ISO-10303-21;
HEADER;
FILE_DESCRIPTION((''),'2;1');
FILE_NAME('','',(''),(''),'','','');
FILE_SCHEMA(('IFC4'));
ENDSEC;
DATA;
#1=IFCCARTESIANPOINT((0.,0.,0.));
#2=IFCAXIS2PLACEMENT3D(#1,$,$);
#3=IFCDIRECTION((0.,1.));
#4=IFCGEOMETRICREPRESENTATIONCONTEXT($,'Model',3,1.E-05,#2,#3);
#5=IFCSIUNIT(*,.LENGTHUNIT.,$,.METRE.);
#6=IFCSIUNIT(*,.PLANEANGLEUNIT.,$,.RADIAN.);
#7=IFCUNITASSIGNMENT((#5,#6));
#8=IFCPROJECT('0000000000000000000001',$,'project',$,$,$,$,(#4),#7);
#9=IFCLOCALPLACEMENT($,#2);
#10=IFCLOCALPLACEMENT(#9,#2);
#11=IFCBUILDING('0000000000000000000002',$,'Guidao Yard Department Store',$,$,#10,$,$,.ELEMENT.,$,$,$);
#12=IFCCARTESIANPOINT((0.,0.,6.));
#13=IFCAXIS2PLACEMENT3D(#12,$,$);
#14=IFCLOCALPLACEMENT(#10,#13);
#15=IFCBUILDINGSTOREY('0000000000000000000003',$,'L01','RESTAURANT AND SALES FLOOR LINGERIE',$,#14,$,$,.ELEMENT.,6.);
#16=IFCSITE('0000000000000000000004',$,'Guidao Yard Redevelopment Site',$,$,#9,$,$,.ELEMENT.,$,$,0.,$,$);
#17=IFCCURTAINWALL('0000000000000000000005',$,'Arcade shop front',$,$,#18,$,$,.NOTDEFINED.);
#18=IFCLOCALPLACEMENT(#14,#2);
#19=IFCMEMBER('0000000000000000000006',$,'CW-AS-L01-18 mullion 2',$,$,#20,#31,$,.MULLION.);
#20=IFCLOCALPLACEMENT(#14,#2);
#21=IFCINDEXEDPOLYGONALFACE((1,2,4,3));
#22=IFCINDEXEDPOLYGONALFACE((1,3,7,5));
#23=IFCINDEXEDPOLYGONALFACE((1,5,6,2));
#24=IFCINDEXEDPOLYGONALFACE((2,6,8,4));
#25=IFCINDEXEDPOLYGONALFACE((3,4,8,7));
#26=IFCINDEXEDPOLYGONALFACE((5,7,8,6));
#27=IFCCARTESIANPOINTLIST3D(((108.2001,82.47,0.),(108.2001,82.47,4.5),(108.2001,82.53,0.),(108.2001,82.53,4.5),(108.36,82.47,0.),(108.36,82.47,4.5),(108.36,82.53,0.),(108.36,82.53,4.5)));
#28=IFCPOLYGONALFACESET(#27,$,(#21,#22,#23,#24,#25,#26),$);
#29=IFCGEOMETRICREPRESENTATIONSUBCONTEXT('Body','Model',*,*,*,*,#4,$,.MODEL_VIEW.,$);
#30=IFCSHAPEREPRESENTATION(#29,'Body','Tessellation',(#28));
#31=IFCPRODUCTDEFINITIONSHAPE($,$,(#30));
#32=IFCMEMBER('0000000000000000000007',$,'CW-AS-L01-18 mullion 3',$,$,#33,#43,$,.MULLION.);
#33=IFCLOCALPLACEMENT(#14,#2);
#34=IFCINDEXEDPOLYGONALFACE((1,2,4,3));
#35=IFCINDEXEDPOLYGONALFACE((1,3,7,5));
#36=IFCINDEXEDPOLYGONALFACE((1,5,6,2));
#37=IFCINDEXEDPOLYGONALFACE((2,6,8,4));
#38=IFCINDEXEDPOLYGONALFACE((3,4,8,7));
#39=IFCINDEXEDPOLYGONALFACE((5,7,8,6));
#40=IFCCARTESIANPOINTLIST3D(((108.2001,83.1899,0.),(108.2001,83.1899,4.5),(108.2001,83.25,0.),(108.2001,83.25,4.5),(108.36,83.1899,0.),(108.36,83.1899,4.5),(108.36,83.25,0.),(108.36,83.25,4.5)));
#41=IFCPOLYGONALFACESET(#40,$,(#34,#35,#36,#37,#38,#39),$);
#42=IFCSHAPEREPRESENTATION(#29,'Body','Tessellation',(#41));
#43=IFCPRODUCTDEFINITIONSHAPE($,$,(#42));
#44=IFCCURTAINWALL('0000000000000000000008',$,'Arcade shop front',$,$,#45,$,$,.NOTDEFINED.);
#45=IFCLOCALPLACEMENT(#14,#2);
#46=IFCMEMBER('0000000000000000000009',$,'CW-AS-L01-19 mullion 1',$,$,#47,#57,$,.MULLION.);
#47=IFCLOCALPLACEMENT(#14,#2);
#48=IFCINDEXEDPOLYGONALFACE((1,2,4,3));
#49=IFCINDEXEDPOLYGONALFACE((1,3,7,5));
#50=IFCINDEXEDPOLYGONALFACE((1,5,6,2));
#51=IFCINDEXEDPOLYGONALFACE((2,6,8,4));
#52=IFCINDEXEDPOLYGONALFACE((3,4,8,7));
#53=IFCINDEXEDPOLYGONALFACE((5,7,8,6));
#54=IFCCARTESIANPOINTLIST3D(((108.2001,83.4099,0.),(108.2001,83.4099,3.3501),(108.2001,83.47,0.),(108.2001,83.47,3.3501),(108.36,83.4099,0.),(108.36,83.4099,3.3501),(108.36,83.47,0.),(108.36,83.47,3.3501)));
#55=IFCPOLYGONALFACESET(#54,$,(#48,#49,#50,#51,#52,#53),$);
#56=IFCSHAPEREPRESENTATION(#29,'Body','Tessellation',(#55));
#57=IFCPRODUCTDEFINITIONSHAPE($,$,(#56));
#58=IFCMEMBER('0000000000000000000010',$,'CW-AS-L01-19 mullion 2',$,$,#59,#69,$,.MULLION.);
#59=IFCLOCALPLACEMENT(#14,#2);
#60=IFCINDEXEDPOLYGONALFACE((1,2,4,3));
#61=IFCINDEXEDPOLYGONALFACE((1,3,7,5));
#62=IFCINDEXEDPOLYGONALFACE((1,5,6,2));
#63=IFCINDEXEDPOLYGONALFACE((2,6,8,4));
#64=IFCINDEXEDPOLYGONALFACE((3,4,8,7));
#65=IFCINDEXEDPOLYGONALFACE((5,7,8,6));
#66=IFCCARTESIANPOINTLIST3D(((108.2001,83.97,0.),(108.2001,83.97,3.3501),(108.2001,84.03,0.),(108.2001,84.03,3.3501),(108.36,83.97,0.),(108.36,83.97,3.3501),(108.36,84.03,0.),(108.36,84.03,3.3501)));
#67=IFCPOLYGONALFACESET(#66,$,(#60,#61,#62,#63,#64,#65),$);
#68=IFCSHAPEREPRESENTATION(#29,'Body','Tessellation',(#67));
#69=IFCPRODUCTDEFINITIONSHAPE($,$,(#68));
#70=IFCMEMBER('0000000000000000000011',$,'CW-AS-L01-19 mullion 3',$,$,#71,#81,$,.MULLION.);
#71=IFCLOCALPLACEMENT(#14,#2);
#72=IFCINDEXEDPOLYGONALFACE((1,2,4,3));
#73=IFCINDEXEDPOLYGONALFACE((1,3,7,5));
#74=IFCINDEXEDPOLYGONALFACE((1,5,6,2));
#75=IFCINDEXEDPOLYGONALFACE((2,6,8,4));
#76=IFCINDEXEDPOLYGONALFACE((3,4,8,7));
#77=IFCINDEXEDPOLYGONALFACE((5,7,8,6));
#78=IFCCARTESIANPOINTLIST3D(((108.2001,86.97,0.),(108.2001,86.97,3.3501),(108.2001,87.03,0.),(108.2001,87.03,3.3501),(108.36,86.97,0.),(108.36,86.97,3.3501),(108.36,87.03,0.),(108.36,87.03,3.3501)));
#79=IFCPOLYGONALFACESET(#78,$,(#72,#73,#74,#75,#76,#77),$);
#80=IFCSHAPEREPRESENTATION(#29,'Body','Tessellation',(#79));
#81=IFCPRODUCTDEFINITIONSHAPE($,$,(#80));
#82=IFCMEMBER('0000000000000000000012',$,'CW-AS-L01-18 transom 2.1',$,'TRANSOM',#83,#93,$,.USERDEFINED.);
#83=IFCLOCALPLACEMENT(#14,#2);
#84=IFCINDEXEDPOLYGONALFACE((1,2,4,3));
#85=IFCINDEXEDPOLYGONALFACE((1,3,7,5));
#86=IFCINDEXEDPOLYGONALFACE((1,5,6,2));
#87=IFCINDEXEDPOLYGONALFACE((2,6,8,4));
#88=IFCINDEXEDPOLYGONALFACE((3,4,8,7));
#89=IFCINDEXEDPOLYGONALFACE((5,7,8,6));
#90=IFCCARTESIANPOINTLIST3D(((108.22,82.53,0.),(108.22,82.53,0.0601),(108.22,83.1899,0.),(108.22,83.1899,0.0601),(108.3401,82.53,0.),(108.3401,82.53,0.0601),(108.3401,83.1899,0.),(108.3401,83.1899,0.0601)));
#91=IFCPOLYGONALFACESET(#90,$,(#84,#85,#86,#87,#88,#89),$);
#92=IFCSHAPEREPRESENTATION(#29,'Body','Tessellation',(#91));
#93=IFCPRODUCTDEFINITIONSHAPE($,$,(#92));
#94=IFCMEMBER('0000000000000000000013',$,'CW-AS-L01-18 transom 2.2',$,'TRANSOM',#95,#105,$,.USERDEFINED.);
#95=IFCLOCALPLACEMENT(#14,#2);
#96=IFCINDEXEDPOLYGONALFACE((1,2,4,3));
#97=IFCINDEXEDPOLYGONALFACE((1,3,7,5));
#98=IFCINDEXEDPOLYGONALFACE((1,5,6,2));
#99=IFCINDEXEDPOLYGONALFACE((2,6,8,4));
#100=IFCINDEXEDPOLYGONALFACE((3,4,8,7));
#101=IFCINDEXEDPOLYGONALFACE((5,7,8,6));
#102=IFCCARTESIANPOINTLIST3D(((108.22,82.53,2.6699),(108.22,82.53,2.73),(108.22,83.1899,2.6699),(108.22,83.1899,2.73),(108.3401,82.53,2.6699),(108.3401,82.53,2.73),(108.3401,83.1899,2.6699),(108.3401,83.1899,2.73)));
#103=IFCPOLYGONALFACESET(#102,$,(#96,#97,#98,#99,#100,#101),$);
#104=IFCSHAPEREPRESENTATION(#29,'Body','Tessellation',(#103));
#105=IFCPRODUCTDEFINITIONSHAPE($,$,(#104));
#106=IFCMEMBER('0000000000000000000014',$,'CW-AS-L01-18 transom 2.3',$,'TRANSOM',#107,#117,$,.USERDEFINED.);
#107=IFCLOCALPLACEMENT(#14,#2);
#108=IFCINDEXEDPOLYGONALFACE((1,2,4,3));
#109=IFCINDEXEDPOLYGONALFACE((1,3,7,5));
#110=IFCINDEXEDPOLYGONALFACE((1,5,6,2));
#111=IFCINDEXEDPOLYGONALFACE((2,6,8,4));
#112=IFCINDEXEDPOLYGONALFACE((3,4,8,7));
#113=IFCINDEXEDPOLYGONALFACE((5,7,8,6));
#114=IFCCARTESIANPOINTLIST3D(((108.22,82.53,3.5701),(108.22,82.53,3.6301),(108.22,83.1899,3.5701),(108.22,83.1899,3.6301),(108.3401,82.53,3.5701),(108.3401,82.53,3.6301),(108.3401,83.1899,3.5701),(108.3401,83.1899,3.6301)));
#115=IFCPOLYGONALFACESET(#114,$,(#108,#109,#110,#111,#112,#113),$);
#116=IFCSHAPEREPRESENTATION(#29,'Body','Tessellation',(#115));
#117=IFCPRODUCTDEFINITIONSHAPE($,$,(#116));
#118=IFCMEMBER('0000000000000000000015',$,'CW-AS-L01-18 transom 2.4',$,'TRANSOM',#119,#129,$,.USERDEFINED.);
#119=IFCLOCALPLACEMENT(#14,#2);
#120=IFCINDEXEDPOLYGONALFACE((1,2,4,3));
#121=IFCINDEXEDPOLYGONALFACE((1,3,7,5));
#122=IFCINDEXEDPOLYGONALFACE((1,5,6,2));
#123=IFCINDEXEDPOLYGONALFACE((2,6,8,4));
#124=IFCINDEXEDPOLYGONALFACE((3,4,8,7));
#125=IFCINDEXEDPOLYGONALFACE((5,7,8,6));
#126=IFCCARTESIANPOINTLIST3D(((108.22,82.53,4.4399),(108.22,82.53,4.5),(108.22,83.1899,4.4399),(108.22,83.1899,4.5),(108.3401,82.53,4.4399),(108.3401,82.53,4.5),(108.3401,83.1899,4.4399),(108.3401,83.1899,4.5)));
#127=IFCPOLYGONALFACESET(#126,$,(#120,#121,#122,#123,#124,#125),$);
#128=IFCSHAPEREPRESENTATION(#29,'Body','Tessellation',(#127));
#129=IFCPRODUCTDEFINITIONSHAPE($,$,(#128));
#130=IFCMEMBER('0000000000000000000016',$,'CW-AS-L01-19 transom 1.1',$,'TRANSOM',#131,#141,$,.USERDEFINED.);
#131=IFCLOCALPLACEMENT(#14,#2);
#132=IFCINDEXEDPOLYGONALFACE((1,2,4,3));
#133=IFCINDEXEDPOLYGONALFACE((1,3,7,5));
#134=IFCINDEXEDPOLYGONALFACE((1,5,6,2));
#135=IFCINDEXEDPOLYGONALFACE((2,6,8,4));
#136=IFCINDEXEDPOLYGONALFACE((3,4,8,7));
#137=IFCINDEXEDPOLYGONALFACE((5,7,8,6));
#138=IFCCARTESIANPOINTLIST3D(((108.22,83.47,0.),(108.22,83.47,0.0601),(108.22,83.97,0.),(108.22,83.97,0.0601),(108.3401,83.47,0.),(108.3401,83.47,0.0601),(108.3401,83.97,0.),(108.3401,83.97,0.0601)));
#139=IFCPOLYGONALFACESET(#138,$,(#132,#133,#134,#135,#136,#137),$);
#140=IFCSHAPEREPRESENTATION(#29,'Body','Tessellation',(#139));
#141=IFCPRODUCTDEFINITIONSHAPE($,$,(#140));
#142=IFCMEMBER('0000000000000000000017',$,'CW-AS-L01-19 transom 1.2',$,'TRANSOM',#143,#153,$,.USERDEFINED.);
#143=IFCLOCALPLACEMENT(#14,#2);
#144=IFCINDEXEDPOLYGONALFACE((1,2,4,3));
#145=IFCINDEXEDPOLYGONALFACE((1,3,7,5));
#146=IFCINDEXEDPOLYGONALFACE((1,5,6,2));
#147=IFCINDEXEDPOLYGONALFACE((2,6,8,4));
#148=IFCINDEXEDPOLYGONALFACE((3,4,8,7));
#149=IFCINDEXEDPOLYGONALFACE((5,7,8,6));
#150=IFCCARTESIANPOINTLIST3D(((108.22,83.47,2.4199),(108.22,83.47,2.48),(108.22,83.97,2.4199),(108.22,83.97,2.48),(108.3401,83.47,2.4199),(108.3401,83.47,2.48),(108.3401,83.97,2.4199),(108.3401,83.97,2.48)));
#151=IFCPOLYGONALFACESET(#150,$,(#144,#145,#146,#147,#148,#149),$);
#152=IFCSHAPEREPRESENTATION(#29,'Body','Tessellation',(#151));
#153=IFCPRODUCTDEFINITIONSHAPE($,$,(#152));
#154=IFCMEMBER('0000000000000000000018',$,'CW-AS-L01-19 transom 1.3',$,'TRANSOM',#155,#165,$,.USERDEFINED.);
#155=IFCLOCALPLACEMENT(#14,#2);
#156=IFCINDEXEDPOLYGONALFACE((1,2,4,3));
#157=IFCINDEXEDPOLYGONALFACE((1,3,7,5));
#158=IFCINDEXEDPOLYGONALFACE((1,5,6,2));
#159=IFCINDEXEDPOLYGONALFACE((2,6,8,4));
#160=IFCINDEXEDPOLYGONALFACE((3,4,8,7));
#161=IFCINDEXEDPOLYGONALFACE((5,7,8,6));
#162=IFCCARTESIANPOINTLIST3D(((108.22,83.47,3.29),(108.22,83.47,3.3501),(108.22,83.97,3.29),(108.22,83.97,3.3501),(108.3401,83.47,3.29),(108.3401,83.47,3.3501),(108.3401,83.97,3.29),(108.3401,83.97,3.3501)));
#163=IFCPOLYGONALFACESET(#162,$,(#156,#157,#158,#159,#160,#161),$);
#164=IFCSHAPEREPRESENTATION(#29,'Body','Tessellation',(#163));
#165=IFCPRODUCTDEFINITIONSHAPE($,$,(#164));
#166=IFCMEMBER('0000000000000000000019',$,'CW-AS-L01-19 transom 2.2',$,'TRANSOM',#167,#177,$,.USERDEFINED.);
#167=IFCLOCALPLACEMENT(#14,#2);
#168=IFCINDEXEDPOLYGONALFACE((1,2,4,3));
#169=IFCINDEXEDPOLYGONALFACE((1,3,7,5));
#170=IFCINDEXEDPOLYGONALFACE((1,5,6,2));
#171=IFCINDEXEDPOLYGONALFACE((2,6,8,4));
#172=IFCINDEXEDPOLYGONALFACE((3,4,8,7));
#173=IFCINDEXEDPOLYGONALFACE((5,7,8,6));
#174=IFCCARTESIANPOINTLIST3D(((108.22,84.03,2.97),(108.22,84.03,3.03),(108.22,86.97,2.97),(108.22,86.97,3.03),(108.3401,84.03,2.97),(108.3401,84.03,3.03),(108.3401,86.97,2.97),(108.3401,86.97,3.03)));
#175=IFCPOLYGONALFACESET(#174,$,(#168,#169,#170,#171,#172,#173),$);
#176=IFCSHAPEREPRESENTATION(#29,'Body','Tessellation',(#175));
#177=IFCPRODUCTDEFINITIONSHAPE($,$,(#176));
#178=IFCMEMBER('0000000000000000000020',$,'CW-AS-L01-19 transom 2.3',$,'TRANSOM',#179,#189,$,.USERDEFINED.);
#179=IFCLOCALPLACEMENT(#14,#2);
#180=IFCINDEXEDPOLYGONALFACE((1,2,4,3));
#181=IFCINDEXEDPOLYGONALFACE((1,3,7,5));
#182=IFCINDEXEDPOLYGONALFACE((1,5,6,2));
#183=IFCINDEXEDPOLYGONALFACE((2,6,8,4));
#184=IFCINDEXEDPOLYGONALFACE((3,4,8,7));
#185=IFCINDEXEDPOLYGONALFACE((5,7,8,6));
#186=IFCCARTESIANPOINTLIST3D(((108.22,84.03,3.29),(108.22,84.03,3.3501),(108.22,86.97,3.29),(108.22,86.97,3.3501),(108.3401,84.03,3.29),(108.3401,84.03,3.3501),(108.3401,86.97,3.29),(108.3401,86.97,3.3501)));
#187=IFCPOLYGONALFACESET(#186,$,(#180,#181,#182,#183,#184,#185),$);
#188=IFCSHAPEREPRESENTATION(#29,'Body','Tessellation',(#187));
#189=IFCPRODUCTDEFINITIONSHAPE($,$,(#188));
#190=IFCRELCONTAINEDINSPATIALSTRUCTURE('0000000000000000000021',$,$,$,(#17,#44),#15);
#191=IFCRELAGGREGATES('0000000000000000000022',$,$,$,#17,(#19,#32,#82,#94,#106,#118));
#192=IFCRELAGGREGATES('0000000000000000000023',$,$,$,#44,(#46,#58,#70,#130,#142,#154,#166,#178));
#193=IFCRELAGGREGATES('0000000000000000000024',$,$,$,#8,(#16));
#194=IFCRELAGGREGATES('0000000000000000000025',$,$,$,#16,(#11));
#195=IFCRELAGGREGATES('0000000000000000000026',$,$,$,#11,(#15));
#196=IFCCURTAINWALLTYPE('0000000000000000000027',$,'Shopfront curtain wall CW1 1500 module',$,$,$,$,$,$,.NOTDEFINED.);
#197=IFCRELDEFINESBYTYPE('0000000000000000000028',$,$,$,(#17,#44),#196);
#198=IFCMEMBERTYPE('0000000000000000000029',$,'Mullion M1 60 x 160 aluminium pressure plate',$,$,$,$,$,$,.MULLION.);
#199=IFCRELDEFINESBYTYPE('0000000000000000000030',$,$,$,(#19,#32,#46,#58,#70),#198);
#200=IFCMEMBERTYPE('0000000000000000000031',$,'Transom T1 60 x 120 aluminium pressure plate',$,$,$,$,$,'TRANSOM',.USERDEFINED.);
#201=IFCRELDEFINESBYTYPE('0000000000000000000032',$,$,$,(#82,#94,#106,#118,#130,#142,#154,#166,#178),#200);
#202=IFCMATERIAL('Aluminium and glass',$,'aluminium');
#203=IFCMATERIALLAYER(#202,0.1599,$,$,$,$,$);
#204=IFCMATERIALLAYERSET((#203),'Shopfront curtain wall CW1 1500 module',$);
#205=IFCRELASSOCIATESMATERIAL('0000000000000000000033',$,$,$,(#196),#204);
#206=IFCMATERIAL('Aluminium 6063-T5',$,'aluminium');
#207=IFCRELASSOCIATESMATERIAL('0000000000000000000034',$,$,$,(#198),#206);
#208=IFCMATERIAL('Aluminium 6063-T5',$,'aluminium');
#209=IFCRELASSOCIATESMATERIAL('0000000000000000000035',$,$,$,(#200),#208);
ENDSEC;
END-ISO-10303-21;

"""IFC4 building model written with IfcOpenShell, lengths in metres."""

from ifc_helpers import new_model, si_unit, direction, frame, origin, origin_2d, place, context, subcontext, project, spatial, rectangle, extrude, material, layer, layer_set, material_profile, profile_set, type_object, element, aggregate, save


model = new_model("IFC4")

# Units and contexts
model_context = context("Model", 3, precision=1e-05, world=origin(), true_north=direction((0.0, 1.0)))
body_context = subcontext(model_context, "Body", "Model", "MODEL_VIEW")
ifc_project = project(units=[si_unit("LENGTHUNIT", "METRE"), si_unit("PLANEANGLEUNIT", "RADIAN")], contexts=[model_context])

# Site, building, storey
site_placement = place(None, origin())
site = spatial("IfcSite", under=ifc_project, at=site_placement, Name="Guidao Yard Redevelopment Site", CompositionType="ELEMENT", RefElevation=0.0)
building_placement = place(site_placement, origin())
building = spatial("IfcBuilding", under=site, at=building_placement, Name="Guidao Yard Department Store", CompositionType="ELEMENT")
storey_placement = place(building_placement, frame((0.0, 0.0, 6.0)))
storey = spatial("IfcBuildingStorey", under=building, at=storey_placement, Name="L01", Description="RESTAURANT AND SALES FLOOR LINGERIE", CompositionType="ELEMENT", Elevation=6.0)

# Curtain walls, members
ifc_material_1 = material(Name="Aluminium and glass", Category="aluminium")
ifc_layer_1 = layer(ifc_material_1, 0.1599)
ifc_layer_set_1 = layer_set([ifc_layer_1], Name="Shopfront curtain wall CW1 1500 module")
curtain_wall_type = type_object("IfcCurtainWallType", Name="Shopfront curtain wall CW1 1500 module", PredefinedType="NOTDEFINED", material=ifc_layer_set_1)
curtain_wall_1_placement = place(storey_placement, origin())
curtain_wall_1 = element("IfcCurtainWall", 1, at=curtain_wall_1_placement, inside=storey, type_object=curtain_wall_type, Name="Arcade shop front", PredefinedType="NOTDEFINED")
ifc_material_2 = material(Name="Aluminium 6063-T5", Category="aluminium")
ifc_material_profile_1 = material_profile(ifc_material_2, rectangle(XDim=0.0601, YDim=0.1599, at=origin_2d()), Name="Mullion M1 60 x 160 aluminium pressure plate")
ifc_profile_set_1 = profile_set([ifc_material_profile_1], Name="Aluminium 6063-T5")
member_type_1 = type_object("IfcMemberType", Name="Mullion M1 60 x 160 aluminium pressure plate", PredefinedType="MULLION", material=ifc_profile_set_1)
member_1_placement = place(storey_placement, frame((108.28, 82.5, 0.0), z_axis=(0.0, 0.0, 1.0), x_axis=(0.0, -1.0, 0.0)))
member_1 = element("IfcMember", 2, at=member_1_placement, type_object=member_type_1, Name="CW-AS-L01-18 mullion 2", PredefinedType="MULLION", context=body_context, shape_type="SweptSolid", body=[
    extrude(rectangle(XDim=0.0601, YDim=0.1599, at=origin_2d()), origin(), (0.0, 0.0, 1.0), 4.5),
])
member_2_placement = place(storey_placement, frame((108.28, 83.22, 0.0), z_axis=(0.0, 0.0, 1.0), x_axis=(0.0, -1.0, 0.0)))
member_2 = element("IfcMember", 3, at=member_2_placement, type_object=member_type_1, Name="CW-AS-L01-18 mullion 3", PredefinedType="MULLION", context=body_context, shape_type="SweptSolid", body=[
    extrude(rectangle(XDim=0.0601, YDim=0.1599, at=origin_2d()), origin(), (0.0, 0.0, 1.0), 4.5),
])
curtain_wall_2_placement = place(storey_placement, origin())
curtain_wall_2 = element("IfcCurtainWall", 4, at=curtain_wall_2_placement, inside=storey, type_object=curtain_wall_type, Name="Arcade shop front", PredefinedType="NOTDEFINED")
member_3_placement = place(storey_placement, frame((108.28, 83.4399, 0.0), z_axis=(0.0, 0.0, 1.0), x_axis=(0.0, -1.0, 0.0)))
member_3 = element("IfcMember", 5, at=member_3_placement, type_object=member_type_1, Name="CW-AS-L01-19 mullion 1", PredefinedType="MULLION", context=body_context, shape_type="SweptSolid", body=[
    extrude(rectangle(XDim=0.0601, YDim=0.1599, at=origin_2d()), origin(), (0.0, 0.0, 1.0), 3.3501),
])
member_4_placement = place(storey_placement, frame((108.28, 84.0, 0.0), z_axis=(0.0, 0.0, 1.0), x_axis=(0.0, -1.0, 0.0)))
member_4 = element("IfcMember", 6, at=member_4_placement, type_object=member_type_1, Name="CW-AS-L01-19 mullion 2", PredefinedType="MULLION", context=body_context, shape_type="SweptSolid", body=[
    extrude(rectangle(XDim=0.0601, YDim=0.1599, at=origin_2d()), origin(), (0.0, 0.0, 1.0), 3.3501),
])
member_5_placement = place(storey_placement, frame((108.28, 87.0, 0.0), z_axis=(0.0, 0.0, 1.0), x_axis=(0.0, -1.0, 0.0)))
member_5 = element("IfcMember", 7, at=member_5_placement, type_object=member_type_1, Name="CW-AS-L01-19 mullion 3", PredefinedType="MULLION", context=body_context, shape_type="SweptSolid", body=[
    extrude(rectangle(XDim=0.0601, YDim=0.1599, at=origin_2d()), origin(), (0.0, 0.0, 1.0), 3.3501),
])

# Members
ifc_material_3 = material(Name="Aluminium 6063-T5", Category="aluminium")
ifc_material_profile_2 = material_profile(ifc_material_3, rectangle(XDim=0.1201, YDim=0.0601, at=origin_2d()), Name="Transom T1 60 x 120 aluminium pressure plate")
ifc_profile_set_2 = profile_set([ifc_material_profile_2], Name="Aluminium 6063-T5")
member_type_2 = type_object("IfcMemberType", Name="Transom T1 60 x 120 aluminium pressure plate", ElementType="TRANSOM", PredefinedType="USERDEFINED", material=ifc_profile_set_2)
member_6_placement = place(storey_placement, frame((108.28, 83.1899, 0.03), z_axis=(0.0, -1.0, 0.0), x_axis=(1.0, 0.0, 0.0)))
member_6 = element("IfcMember", 8, at=member_6_placement, type_object=member_type_2, Name="CW-AS-L01-18 transom 2.1", ObjectType="TRANSOM", PredefinedType="USERDEFINED", context=body_context, shape_type="SweptSolid", body=[
    extrude(rectangle(XDim=0.1201, YDim=0.0601, at=origin_2d()), origin(), (0.0, 0.0, 1.0), 0.6599),
])
member_7_placement = place(storey_placement, frame((108.28, 83.1899, 2.7), z_axis=(0.0, -1.0, 0.0), x_axis=(1.0, 0.0, 0.0)))
member_7 = element("IfcMember", 9, at=member_7_placement, type_object=member_type_2, Name="CW-AS-L01-18 transom 2.2", ObjectType="TRANSOM", PredefinedType="USERDEFINED", context=body_context, shape_type="SweptSolid", body=[
    extrude(rectangle(XDim=0.1201, YDim=0.0601, at=origin_2d()), origin(), (0.0, 0.0, 1.0), 0.6599),
])
member_8_placement = place(storey_placement, frame((108.28, 83.1899, 3.6001), z_axis=(0.0, -1.0, 0.0), x_axis=(1.0, 0.0, 0.0)))
member_8 = element("IfcMember", 10, at=member_8_placement, type_object=member_type_2, Name="CW-AS-L01-18 transom 2.3", ObjectType="TRANSOM", PredefinedType="USERDEFINED", context=body_context, shape_type="SweptSolid", body=[
    extrude(rectangle(XDim=0.1201, YDim=0.0601, at=origin_2d()), origin(), (0.0, 0.0, 1.0), 0.6599),
])
member_9_placement = place(storey_placement, frame((108.28, 83.1899, 4.47), z_axis=(0.0, -1.0, 0.0), x_axis=(1.0, 0.0, 0.0)))
member_9 = element("IfcMember", 11, at=member_9_placement, type_object=member_type_2, Name="CW-AS-L01-18 transom 2.4", ObjectType="TRANSOM", PredefinedType="USERDEFINED", context=body_context, shape_type="SweptSolid", body=[
    extrude(rectangle(XDim=0.1201, YDim=0.0601, at=origin_2d()), origin(), (0.0, 0.0, 1.0), 0.6599),
])
member_10_placement = place(storey_placement, frame((108.28, 83.97, 0.03), z_axis=(0.0, -1.0, 0.0), x_axis=(1.0, 0.0, 0.0)))
member_10 = element("IfcMember", 12, at=member_10_placement, type_object=member_type_2, Name="CW-AS-L01-19 transom 1.1", ObjectType="TRANSOM", PredefinedType="USERDEFINED", context=body_context, shape_type="SweptSolid", body=[
    extrude(rectangle(XDim=0.1201, YDim=0.0601, at=origin_2d()), origin(), (0.0, 0.0, 1.0), 0.5),
])
member_11_placement = place(storey_placement, frame((108.28, 83.97, 2.45), z_axis=(0.0, -1.0, 0.0), x_axis=(1.0, 0.0, 0.0)))
member_11 = element("IfcMember", 13, at=member_11_placement, type_object=member_type_2, Name="CW-AS-L01-19 transom 1.2", ObjectType="TRANSOM", PredefinedType="USERDEFINED", context=body_context, shape_type="SweptSolid", body=[
    extrude(rectangle(XDim=0.1201, YDim=0.0601, at=origin_2d()), origin(), (0.0, 0.0, 1.0), 0.5),
])
member_12_placement = place(storey_placement, frame((108.28, 83.97, 3.3201), z_axis=(0.0, -1.0, 0.0), x_axis=(1.0, 0.0, 0.0)))
member_12 = element("IfcMember", 14, at=member_12_placement, type_object=member_type_2, Name="CW-AS-L01-19 transom 1.3", ObjectType="TRANSOM", PredefinedType="USERDEFINED", context=body_context, shape_type="SweptSolid", body=[
    extrude(rectangle(XDim=0.1201, YDim=0.0601, at=origin_2d()), origin(), (0.0, 0.0, 1.0), 0.5),
])
member_13_placement = place(storey_placement, frame((108.28, 86.97, 3.0), z_axis=(0.0, -1.0, 0.0), x_axis=(1.0, 0.0, 0.0)))
member_13 = element("IfcMember", 15, at=member_13_placement, type_object=member_type_2, Name="CW-AS-L01-19 transom 2.2", ObjectType="TRANSOM", PredefinedType="USERDEFINED", context=body_context, shape_type="SweptSolid", body=[
    extrude(rectangle(XDim=0.1201, YDim=0.0601, at=origin_2d()), origin(), (0.0, 0.0, 1.0), 2.9399),
])
member_14_placement = place(storey_placement, frame((108.28, 86.97, 3.3201), z_axis=(0.0, -1.0, 0.0), x_axis=(1.0, 0.0, 0.0)))
member_14 = element("IfcMember", 16, at=member_14_placement, type_object=member_type_2, Name="CW-AS-L01-19 transom 2.3", ObjectType="TRANSOM", PredefinedType="USERDEFINED", context=body_context, shape_type="SweptSolid", body=[
    extrude(rectangle(XDim=0.1201, YDim=0.0601, at=origin_2d()), origin(), (0.0, 0.0, 1.0), 2.9399),
])

aggregate(curtain_wall_1, [member_1, member_2, member_6, member_7, member_8, member_9])
aggregate(curtain_wall_2, [member_3, member_4, member_5, member_10, member_11, member_12, member_13, member_14])

save(model, "model.ifc")
